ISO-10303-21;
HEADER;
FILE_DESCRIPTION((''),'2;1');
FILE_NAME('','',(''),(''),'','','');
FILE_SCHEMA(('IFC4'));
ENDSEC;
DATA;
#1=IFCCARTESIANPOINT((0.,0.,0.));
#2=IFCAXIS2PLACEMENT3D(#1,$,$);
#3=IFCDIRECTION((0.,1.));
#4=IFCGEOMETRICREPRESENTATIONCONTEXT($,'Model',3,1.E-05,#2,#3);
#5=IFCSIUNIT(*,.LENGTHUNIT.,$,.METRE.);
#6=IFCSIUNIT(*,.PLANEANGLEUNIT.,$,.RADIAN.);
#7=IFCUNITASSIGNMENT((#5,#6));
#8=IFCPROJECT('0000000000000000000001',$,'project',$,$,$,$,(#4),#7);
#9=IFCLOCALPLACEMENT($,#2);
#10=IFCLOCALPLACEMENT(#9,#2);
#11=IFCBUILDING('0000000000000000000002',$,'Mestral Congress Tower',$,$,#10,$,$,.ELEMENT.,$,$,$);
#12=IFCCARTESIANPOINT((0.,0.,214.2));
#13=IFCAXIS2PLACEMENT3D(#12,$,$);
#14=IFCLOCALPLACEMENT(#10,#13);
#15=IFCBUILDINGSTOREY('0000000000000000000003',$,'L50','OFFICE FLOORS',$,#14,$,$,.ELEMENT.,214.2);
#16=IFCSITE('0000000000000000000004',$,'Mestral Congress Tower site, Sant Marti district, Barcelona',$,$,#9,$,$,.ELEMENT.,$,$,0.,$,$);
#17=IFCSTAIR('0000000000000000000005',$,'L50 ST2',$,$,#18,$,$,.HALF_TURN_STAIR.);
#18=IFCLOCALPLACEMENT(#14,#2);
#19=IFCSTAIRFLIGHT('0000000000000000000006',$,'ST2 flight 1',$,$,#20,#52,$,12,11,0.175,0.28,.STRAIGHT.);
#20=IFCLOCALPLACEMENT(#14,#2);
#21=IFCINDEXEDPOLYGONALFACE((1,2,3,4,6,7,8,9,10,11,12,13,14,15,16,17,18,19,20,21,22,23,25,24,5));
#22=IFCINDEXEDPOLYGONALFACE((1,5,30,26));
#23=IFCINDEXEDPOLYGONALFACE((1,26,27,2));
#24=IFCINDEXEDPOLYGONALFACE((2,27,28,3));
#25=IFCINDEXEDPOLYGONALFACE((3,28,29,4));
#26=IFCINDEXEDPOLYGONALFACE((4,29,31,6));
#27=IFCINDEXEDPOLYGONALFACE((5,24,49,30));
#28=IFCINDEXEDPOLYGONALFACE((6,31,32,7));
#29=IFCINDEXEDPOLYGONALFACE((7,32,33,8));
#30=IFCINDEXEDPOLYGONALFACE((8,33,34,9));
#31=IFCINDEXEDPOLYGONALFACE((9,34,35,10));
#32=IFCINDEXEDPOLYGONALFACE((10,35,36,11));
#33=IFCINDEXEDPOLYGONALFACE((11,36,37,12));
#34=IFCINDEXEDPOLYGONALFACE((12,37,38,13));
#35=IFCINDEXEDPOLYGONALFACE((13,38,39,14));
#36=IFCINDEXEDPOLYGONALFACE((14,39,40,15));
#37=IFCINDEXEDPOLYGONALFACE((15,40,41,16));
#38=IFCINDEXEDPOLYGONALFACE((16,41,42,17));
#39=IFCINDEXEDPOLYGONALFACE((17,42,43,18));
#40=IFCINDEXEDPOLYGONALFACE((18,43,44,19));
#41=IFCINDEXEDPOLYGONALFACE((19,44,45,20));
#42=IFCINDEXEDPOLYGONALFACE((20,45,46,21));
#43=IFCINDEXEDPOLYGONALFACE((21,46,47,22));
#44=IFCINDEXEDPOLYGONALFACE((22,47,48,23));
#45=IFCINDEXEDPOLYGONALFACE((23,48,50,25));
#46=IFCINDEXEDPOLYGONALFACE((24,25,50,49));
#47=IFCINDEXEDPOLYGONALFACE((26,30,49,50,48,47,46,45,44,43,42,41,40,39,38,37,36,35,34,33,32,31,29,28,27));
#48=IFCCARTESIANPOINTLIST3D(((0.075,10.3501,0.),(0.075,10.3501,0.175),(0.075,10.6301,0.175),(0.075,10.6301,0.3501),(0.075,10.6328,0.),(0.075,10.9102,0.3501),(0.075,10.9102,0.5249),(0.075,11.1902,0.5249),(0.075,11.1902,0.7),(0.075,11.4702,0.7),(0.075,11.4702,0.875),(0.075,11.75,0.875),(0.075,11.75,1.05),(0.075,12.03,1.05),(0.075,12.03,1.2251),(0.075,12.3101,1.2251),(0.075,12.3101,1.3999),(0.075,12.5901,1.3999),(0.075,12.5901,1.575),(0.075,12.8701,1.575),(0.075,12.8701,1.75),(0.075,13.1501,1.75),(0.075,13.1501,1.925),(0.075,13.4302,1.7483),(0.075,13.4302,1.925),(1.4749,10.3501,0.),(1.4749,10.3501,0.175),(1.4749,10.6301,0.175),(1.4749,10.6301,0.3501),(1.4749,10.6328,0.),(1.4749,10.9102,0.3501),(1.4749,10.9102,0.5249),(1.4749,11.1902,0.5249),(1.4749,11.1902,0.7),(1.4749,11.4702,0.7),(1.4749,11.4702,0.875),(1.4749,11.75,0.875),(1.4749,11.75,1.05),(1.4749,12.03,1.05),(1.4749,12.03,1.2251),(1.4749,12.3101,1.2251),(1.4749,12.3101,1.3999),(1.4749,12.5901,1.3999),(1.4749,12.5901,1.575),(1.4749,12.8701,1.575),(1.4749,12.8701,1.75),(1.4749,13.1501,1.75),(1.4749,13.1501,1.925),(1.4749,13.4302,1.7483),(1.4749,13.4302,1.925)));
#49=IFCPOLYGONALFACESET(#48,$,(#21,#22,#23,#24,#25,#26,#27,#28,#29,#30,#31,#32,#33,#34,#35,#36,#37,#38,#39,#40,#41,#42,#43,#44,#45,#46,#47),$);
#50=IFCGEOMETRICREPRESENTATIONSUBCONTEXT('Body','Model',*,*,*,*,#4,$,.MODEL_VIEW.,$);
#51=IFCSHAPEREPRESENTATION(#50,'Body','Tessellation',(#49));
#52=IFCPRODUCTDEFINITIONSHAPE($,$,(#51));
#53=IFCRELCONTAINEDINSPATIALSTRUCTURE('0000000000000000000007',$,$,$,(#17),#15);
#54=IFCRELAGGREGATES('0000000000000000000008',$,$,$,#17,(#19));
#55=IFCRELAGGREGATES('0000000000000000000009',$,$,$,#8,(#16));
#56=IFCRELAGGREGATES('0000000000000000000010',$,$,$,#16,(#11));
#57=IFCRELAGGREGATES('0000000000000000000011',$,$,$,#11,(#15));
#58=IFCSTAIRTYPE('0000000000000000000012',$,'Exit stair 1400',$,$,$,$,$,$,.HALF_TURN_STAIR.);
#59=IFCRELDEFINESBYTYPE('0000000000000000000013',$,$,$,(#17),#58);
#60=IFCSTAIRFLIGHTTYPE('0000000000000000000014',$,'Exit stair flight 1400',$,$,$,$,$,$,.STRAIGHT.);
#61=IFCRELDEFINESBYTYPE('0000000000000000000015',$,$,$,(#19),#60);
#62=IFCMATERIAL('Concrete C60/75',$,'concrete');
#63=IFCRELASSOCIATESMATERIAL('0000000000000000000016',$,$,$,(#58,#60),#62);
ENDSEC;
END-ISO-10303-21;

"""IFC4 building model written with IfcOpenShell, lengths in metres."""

from ifc_helpers import new_model, si_unit, direction, frame, origin, place, context, subcontext, project, spatial, polyline, outline, extrude, material, type_object, element, aggregate, save


model = new_model("IFC4")

# Units and contexts
model_context = context("Model", 3, precision=1e-05, world=origin(), true_north=direction((0.0, 1.0)))
body_context = subcontext(model_context, "Body", "Model", "MODEL_VIEW")
ifc_project = project(units=[si_unit("LENGTHUNIT", "METRE"), si_unit("PLANEANGLEUNIT", "RADIAN")], contexts=[model_context])

# Site, building, storey
site_placement = place(None, origin())
site = spatial("IfcSite", under=ifc_project, at=site_placement, Name="Mestral Congress Tower site, Sant Marti district, Barcelona", CompositionType="ELEMENT", RefElevation=0.0)
building_placement = place(site_placement, origin())
building = spatial("IfcBuilding", under=site, at=building_placement, Name="Mestral Congress Tower", CompositionType="ELEMENT")
storey_placement = place(building_placement, frame((0.0, 0.0, 214.2)))
storey = spatial("IfcBuildingStorey", under=building, at=storey_placement, Name="L50", Description="OFFICE FLOORS", CompositionType="ELEMENT", Elevation=214.2)

# Shared definitions
ifc_material_1 = material(Name="Concrete C60/75", Category="concrete")

# Stair, stair flight
stair_type = type_object("IfcStairType", Name="Exit stair 1400", PredefinedType="HALF_TURN_STAIR", material=ifc_material_1)
stair_placement = place(storey_placement, origin())
stair = element("IfcStair", 1, at=stair_placement, inside=storey, type_object=stair_type, Name="L50 ST2", PredefinedType="HALF_TURN_STAIR")
stair_flight_type = type_object("IfcStairFlightType", Name="Exit stair flight 1400", PredefinedType="STRAIGHT", material=ifc_material_1)
stair_flight_placement = place(storey_placement, frame((0.7749, 10.3501, 0.0), z_axis=(0.0, 0.0, 1.0), x_axis=(0.0, 1.0, 0.0)))
stair_flight = element("IfcStairFlight", 2, at=stair_flight_placement, type_object=stair_flight_type, Name="ST2 flight 1", NumberOfRisers=12, NumberOfTreads=11, PredefinedType="STRAIGHT", RiserHeight=0.175, TreadLength=0.28, context=body_context, shape_type="SweptSolid", body=[
    extrude(outline(polyline([(0.0, 0.0), (0.0, 0.175), (0.28, 0.175), (0.28, 0.3501), (0.5601, 0.3501), (0.5601, 0.5249), (0.8401, 0.5249), (0.8401, 0.7), (1.1201, 0.7), (1.1201, 0.875), (1.3999, 0.875), (1.3999, 1.05), (1.6799, 1.05), (1.6799, 1.2251), (1.96, 1.2251), (1.96, 1.3999), (2.24, 1.3999), (2.24, 1.575), (2.52, 1.575), (2.52, 1.75), (2.8, 1.75), (2.8, 1.925), (3.0801, 1.925), (3.0801, 2.1001), (3.0801, 1.7483), (0.2827, 0.0), (0.0, 0.0)])), frame((0.0, 0.7, 0.0), z_axis=(0.0, -1.0, 0.0), x_axis=(1.0, 0.0, 0.0)), (0.0, 0.0, 1.0), 1.3999),
])
aggregate(stair, [stair_flight])

save(model, "model.ifc")
